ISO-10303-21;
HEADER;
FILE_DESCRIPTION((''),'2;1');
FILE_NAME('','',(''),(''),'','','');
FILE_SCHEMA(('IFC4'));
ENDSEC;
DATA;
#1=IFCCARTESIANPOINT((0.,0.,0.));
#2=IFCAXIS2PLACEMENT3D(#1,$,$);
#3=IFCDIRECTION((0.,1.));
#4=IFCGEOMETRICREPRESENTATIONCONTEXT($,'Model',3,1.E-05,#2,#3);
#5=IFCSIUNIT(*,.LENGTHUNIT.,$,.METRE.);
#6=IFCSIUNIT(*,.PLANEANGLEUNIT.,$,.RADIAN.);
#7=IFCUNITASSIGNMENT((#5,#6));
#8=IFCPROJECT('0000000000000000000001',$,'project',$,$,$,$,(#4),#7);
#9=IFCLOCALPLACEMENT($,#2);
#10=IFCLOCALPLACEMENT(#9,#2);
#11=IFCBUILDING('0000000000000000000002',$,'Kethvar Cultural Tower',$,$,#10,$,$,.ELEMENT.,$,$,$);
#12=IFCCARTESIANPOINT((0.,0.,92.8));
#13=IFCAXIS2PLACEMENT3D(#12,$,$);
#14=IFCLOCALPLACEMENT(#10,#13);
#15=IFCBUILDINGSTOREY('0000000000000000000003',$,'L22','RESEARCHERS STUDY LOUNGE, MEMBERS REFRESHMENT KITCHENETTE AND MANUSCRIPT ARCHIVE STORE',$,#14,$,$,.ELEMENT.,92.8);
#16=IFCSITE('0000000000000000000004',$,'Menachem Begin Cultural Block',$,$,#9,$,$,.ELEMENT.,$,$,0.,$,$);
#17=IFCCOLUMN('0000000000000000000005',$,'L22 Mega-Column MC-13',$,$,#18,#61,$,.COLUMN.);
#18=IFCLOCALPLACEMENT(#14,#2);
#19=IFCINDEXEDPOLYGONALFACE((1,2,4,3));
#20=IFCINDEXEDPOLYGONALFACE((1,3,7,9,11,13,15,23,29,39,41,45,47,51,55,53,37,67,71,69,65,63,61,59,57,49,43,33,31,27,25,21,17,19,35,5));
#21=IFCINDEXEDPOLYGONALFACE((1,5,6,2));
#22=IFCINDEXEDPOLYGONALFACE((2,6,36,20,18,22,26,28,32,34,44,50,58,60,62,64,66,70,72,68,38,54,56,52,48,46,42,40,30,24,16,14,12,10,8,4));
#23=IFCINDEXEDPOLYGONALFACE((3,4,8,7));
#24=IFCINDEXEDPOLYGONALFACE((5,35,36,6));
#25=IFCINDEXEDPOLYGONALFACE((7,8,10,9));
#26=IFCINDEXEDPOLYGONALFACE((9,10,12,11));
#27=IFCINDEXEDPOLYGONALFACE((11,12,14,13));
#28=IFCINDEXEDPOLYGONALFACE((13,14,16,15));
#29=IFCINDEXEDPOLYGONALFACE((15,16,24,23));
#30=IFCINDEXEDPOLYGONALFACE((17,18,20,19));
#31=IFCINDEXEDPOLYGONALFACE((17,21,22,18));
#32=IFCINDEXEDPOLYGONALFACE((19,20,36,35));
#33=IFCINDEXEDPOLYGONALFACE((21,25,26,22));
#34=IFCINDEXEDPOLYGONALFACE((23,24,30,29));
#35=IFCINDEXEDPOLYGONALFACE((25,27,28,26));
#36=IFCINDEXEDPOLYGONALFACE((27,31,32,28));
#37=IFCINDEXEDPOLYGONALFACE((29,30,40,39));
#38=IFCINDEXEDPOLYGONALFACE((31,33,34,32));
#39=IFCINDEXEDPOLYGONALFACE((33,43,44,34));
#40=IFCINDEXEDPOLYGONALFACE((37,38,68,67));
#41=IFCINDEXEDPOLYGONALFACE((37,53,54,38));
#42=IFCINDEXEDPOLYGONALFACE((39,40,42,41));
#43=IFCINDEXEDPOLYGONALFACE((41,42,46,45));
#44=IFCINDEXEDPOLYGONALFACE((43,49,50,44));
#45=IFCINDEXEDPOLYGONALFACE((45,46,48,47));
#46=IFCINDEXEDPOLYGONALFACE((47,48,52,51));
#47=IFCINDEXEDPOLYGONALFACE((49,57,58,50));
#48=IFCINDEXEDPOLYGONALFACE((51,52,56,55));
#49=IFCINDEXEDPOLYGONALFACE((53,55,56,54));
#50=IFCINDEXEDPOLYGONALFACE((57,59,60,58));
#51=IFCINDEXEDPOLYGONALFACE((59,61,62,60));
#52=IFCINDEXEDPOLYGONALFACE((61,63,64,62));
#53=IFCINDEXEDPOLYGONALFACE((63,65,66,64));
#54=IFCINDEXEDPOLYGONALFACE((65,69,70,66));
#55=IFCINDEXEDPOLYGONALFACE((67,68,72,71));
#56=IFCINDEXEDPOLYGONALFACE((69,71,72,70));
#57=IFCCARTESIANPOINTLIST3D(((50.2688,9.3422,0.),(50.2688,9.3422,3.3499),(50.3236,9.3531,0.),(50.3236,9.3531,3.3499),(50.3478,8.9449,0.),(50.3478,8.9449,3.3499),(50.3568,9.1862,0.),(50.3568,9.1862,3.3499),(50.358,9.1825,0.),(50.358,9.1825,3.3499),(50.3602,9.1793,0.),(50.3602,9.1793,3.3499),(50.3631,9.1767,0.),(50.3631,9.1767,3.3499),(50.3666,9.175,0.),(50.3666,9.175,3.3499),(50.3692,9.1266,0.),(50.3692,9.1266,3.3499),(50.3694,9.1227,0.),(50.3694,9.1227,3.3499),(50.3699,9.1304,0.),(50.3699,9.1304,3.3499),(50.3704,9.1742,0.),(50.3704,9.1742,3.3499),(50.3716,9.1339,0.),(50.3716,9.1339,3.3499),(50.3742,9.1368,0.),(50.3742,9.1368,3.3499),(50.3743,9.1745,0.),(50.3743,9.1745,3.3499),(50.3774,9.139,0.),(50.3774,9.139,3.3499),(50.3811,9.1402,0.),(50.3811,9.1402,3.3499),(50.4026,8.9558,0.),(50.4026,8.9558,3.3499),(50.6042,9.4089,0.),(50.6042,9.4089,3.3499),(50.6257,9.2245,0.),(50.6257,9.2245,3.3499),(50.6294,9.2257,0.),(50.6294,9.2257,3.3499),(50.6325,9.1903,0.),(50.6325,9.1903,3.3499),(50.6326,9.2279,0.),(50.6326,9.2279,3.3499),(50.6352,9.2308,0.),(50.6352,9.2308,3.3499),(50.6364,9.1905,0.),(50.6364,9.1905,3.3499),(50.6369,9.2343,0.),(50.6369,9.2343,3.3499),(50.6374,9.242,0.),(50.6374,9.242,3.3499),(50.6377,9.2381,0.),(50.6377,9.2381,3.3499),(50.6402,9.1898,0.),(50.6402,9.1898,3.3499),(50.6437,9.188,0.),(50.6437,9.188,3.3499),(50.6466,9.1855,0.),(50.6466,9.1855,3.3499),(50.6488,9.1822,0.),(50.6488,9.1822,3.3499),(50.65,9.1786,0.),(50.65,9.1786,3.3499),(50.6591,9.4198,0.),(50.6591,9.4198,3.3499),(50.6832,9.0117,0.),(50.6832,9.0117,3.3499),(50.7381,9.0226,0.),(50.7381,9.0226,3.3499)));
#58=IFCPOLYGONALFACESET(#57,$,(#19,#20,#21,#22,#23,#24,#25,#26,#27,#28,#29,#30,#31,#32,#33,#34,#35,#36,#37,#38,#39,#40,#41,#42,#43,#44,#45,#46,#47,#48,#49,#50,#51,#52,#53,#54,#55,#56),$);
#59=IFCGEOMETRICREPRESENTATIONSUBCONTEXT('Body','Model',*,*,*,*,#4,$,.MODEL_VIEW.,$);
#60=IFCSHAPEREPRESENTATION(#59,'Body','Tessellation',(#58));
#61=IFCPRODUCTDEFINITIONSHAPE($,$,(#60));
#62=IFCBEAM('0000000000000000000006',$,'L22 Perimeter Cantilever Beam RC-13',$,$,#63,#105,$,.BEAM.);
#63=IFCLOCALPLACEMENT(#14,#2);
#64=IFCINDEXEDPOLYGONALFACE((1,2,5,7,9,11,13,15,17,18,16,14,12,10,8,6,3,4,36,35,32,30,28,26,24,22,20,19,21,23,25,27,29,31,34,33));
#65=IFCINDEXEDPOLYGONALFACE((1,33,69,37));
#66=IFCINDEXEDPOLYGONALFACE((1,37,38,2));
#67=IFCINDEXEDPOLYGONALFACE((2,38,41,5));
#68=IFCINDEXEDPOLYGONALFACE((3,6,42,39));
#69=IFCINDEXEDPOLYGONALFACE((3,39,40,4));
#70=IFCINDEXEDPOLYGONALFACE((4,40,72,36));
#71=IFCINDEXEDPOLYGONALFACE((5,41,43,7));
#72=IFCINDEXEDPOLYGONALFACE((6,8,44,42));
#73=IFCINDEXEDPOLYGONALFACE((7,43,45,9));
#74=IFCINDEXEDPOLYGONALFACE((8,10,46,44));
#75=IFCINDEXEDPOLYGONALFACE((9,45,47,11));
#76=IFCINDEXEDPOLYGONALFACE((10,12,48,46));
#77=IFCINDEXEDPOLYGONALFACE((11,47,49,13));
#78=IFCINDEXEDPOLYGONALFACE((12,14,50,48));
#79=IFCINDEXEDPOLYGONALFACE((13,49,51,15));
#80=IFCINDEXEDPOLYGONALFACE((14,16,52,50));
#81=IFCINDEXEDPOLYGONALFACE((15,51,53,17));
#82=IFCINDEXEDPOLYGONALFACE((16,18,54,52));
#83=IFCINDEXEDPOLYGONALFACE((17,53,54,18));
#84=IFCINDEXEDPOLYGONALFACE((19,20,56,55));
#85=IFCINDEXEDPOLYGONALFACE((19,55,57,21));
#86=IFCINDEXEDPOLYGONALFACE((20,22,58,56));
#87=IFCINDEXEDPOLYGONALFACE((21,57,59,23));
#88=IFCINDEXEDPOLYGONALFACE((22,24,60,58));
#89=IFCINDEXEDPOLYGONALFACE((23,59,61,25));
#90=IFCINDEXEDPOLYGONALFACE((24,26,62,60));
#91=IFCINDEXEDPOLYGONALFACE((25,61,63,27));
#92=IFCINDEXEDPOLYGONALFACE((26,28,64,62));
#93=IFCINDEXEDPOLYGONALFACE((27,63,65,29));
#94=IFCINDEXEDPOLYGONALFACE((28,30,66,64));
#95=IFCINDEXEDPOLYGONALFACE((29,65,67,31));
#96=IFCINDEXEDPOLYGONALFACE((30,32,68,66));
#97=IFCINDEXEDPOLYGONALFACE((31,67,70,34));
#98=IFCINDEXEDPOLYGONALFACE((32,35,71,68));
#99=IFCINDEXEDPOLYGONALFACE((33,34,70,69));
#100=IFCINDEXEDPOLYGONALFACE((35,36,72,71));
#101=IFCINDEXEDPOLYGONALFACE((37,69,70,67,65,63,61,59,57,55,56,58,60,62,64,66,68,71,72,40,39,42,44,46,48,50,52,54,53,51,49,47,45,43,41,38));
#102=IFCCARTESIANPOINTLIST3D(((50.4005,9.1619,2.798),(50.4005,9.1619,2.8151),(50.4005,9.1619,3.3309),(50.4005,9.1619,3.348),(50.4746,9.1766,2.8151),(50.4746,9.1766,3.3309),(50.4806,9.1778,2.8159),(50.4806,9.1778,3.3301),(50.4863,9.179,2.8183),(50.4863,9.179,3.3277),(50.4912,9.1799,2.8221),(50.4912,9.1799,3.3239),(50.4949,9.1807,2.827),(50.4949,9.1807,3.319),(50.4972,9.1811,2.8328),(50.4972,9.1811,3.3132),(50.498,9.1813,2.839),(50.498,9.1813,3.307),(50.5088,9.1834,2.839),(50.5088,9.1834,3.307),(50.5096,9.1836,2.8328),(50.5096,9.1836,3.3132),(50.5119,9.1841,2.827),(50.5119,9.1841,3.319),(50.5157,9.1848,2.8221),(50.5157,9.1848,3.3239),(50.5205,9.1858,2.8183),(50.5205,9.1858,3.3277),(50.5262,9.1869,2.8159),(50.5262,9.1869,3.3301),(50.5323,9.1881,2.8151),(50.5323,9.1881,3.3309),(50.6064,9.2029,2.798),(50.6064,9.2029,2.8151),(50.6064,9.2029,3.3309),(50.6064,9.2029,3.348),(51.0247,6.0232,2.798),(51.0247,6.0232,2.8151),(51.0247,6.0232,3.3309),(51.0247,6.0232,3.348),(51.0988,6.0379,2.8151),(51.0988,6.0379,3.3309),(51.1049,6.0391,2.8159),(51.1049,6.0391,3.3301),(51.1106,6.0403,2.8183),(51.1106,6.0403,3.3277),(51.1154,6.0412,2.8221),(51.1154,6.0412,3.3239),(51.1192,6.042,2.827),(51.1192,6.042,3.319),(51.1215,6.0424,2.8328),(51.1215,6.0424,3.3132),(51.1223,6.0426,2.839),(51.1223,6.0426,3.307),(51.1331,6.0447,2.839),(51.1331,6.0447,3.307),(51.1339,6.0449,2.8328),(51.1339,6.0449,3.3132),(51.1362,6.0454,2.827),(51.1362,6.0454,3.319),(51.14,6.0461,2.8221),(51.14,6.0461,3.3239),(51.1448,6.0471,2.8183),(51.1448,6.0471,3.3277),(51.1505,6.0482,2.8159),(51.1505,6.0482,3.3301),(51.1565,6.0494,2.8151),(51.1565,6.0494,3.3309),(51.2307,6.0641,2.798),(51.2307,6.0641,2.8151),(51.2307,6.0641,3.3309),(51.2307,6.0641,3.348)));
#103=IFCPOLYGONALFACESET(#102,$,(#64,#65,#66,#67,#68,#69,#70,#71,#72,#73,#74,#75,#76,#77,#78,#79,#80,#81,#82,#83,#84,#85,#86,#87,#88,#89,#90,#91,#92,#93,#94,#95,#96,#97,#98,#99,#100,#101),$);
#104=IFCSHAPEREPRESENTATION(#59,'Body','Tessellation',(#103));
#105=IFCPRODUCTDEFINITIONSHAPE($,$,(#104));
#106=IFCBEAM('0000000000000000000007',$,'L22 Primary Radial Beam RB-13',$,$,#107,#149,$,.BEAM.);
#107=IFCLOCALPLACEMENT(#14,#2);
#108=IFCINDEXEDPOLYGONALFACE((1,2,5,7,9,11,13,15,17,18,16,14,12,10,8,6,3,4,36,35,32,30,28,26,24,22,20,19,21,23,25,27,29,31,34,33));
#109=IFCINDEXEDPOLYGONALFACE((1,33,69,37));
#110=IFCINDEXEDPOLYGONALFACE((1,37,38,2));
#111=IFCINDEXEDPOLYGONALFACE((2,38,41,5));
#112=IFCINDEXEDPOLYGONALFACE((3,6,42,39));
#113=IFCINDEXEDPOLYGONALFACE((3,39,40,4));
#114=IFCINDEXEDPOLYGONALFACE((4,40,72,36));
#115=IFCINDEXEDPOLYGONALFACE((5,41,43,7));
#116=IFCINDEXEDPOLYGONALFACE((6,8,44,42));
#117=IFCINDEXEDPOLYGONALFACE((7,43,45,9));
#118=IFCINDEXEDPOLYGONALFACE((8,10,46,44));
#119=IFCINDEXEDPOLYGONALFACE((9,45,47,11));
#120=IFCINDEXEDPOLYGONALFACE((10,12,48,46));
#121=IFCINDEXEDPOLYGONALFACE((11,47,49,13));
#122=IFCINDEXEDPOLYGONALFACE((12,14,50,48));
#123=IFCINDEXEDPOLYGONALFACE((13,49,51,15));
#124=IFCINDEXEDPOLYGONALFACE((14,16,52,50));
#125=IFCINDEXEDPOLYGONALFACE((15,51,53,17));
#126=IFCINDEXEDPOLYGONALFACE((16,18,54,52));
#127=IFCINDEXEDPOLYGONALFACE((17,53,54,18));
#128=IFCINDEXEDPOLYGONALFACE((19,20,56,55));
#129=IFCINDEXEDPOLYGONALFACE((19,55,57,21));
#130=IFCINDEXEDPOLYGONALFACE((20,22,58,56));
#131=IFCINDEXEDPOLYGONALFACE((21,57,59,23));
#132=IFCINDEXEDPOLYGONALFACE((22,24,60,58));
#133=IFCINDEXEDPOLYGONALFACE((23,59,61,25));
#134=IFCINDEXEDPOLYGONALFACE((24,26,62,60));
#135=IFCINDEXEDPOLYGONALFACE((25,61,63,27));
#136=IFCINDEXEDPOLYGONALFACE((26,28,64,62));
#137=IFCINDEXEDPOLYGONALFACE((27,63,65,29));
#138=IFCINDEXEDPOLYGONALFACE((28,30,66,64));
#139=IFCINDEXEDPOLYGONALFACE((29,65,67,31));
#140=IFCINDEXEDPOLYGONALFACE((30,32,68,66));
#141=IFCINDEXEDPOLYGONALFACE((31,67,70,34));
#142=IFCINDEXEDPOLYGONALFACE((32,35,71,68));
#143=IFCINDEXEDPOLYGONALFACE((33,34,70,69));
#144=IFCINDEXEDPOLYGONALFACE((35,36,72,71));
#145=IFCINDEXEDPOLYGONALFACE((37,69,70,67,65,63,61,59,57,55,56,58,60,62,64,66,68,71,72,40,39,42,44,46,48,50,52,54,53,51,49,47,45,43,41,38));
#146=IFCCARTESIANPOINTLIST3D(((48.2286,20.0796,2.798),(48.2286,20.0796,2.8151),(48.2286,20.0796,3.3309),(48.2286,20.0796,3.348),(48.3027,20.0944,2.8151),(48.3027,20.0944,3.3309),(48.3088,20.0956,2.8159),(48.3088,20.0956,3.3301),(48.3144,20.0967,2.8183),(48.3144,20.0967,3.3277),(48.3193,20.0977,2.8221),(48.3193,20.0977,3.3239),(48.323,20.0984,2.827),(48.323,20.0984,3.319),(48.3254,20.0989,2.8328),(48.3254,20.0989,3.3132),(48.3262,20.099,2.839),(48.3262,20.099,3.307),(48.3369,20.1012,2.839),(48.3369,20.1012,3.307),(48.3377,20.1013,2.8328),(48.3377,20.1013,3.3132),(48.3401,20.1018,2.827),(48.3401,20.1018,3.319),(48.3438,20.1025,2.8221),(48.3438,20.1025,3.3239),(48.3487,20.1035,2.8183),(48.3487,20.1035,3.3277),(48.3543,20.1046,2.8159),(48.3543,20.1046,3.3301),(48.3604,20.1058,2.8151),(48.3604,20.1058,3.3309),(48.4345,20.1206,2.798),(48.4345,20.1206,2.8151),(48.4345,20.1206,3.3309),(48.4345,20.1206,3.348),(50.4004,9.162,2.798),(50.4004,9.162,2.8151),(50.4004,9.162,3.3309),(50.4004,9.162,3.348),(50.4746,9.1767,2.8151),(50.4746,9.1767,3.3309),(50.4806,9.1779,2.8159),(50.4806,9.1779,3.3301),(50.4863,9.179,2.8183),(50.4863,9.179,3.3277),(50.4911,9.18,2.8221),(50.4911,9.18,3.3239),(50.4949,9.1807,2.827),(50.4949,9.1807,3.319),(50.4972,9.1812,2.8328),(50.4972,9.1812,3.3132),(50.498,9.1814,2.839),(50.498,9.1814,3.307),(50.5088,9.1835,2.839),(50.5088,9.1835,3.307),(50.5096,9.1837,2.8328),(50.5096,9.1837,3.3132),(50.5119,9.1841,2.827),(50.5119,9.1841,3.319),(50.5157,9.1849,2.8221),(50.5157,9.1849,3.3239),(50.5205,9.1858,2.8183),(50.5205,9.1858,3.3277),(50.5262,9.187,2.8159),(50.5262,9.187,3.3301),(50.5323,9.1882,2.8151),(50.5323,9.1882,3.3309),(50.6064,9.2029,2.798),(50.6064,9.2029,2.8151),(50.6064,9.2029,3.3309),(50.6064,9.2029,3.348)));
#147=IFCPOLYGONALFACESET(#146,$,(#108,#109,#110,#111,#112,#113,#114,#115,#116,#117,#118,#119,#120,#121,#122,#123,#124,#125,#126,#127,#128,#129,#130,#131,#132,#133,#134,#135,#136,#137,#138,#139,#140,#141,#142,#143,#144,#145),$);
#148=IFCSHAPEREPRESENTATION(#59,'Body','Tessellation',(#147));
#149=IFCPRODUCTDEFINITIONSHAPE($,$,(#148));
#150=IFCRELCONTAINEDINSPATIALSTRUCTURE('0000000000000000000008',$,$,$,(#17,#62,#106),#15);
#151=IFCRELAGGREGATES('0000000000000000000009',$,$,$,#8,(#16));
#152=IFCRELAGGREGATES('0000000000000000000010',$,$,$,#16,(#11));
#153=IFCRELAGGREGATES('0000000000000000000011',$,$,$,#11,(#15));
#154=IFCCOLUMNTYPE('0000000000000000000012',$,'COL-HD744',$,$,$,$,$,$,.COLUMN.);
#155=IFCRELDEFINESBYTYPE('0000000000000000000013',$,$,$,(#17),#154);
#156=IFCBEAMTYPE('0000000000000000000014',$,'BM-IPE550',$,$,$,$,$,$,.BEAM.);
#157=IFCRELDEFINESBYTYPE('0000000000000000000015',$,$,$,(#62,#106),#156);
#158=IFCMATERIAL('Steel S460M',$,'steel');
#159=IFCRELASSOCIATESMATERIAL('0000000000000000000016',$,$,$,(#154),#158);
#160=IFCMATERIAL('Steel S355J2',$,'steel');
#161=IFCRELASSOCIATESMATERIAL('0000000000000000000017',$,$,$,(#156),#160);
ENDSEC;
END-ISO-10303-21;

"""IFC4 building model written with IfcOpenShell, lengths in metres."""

from ifc_helpers import new_model, si_unit, direction, frame, origin, origin_2d, place, context, subcontext, project, spatial, i_section, extrude, source, transform, mapped, material, material_profile, profile_set, type_object, element, save


model = new_model("IFC4")

# Units and contexts
model_context = context("Model", 3, precision=1e-05, world=origin(), true_north=direction((0.0, 1.0)))
body_context = subcontext(model_context, "Body", "Model", "MODEL_VIEW")
ifc_project = project(units=[si_unit("LENGTHUNIT", "METRE"), si_unit("PLANEANGLEUNIT", "RADIAN")], contexts=[model_context])

# Site, building, storey
site_placement = place(None, origin())
site = spatial("IfcSite", under=ifc_project, at=site_placement, Name="Menachem Begin Cultural Block", CompositionType="ELEMENT", RefElevation=0.0)
building_placement = place(site_placement, origin())
building = spatial("IfcBuilding", under=site, at=building_placement, Name="Kethvar Cultural Tower", CompositionType="ELEMENT")
storey_placement = place(building_placement, frame((0.0, 0.0, 92.8)))
storey = spatial("IfcBuildingStorey", under=building, at=storey_placement, Name="L22", Description="RESEARCHERS STUDY LOUNGE, MEMBERS REFRESHMENT KITCHENETTE AND MANUSCRIPT ARCHIVE STORE", CompositionType="ELEMENT", Elevation=92.8)

# Column
ifc_material_1 = material(Name="Steel S460M", Category="steel")
ifc_material_profile_1 = material_profile(ifc_material_1, i_section(OverallWidth=0.405, OverallDepth=0.3979, WebThickness=0.0349, FlangeThickness=0.0559, FilletRadius=0.0149, at=origin_2d()), Name="Steel S460M — HD400x744")
ifc_profile_set_1 = profile_set([ifc_material_profile_1], Name="Steel S460M — HD400x744")
column_type = type_object("IfcColumnType", Name="COL-HD744", PredefinedType="COLUMN", material=ifc_profile_set_1)
shared_shape_1 = source(origin(), body_context, "Body", "SweptSolid", [
    extrude(i_section(OverallWidth=0.405, OverallDepth=0.3979, WebThickness=0.0349, FlangeThickness=0.0559, FilletRadius=0.0149, at=origin_2d()), origin(), (0.0, 0.0, 1.0), 3.3499),
])
column_placement = place(storey_placement, frame((50.5034, 9.1824, 0.0), z_axis=(0.0, 0.0, 1.0), x_axis=(0.19509, -0.980785, 0.0)))
element("IfcColumn", 1, at=column_placement, inside=storey, type_object=column_type, Name="L22 Mega-Column MC-13", PredefinedType="COLUMN", context=body_context, shape_type="MappedRepresentation", body=[
    mapped(shared_shape_1, transform((0.0, 0.0, 0.0), scale=1.0)),
])

# Beams
ifc_material_2 = material(Name="Steel S355J2", Category="steel")
ifc_material_profile_2 = material_profile(ifc_material_2, i_section(OverallWidth=0.21, OverallDepth=0.55, WebThickness=0.011, FlangeThickness=0.0171, FilletRadius=0.0239, at=origin_2d()), Name="Steel S355J2 — IPE550")
ifc_profile_set_2 = profile_set([ifc_material_profile_2], Name="Steel S355J2 — IPE550")
beam_type_1 = type_object("IfcBeamType", Name="BM-IPE550", PredefinedType="BEAM", material=ifc_profile_set_2)
shared_shape_2 = source(origin(), body_context, "Body", "SweptSolid", [
    extrude(i_section(OverallWidth=0.21, OverallDepth=0.55, WebThickness=0.011, FlangeThickness=0.0171, FilletRadius=0.0239, at=origin_2d()), origin(), (0.0, 0.0, 1.0), 3.2002),
])
beam_1_placement = place(storey_placement, frame((50.5034, 9.1824, 3.073), z_axis=(0.195074, -0.980788, 0.0), x_axis=(0.980788, 0.195074, 0.0)))
element("IfcBeam", 2, at=beam_1_placement, inside=storey, type_object=beam_type_1, Name="L22 Perimeter Cantilever Beam RC-13", PredefinedType="BEAM", context=body_context, shape_type="MappedRepresentation", body=[
    mapped(shared_shape_2, transform((0.0, 0.0, 0.0), scale=1.0)),
])
shared_shape_3 = source(origin(), body_context, "Body", "SweptSolid", [
    extrude(i_section(OverallWidth=0.21, OverallDepth=0.55, WebThickness=0.011, FlangeThickness=0.0171, FilletRadius=0.0239, at=origin_2d()), origin(), (0.0, 0.0, 1.0), 11.1316),
])
beam_2_placement = place(storey_placement, frame((48.3315, 20.1001, 3.073), z_axis=(0.195108, -0.980782, 0.0), x_axis=(0.980782, 0.195108, 0.0)))
element("IfcBeam", 3, at=beam_2_placement, inside=storey, type_object=beam_type_1, Name="L22 Primary Radial Beam RB-13", PredefinedType="BEAM", context=body_context, shape_type="MappedRepresentation", body=[
    mapped(shared_shape_3, transform((0.0, 0.0, 0.0), scale=1.0)),
])

save(model, "model.ifc")
